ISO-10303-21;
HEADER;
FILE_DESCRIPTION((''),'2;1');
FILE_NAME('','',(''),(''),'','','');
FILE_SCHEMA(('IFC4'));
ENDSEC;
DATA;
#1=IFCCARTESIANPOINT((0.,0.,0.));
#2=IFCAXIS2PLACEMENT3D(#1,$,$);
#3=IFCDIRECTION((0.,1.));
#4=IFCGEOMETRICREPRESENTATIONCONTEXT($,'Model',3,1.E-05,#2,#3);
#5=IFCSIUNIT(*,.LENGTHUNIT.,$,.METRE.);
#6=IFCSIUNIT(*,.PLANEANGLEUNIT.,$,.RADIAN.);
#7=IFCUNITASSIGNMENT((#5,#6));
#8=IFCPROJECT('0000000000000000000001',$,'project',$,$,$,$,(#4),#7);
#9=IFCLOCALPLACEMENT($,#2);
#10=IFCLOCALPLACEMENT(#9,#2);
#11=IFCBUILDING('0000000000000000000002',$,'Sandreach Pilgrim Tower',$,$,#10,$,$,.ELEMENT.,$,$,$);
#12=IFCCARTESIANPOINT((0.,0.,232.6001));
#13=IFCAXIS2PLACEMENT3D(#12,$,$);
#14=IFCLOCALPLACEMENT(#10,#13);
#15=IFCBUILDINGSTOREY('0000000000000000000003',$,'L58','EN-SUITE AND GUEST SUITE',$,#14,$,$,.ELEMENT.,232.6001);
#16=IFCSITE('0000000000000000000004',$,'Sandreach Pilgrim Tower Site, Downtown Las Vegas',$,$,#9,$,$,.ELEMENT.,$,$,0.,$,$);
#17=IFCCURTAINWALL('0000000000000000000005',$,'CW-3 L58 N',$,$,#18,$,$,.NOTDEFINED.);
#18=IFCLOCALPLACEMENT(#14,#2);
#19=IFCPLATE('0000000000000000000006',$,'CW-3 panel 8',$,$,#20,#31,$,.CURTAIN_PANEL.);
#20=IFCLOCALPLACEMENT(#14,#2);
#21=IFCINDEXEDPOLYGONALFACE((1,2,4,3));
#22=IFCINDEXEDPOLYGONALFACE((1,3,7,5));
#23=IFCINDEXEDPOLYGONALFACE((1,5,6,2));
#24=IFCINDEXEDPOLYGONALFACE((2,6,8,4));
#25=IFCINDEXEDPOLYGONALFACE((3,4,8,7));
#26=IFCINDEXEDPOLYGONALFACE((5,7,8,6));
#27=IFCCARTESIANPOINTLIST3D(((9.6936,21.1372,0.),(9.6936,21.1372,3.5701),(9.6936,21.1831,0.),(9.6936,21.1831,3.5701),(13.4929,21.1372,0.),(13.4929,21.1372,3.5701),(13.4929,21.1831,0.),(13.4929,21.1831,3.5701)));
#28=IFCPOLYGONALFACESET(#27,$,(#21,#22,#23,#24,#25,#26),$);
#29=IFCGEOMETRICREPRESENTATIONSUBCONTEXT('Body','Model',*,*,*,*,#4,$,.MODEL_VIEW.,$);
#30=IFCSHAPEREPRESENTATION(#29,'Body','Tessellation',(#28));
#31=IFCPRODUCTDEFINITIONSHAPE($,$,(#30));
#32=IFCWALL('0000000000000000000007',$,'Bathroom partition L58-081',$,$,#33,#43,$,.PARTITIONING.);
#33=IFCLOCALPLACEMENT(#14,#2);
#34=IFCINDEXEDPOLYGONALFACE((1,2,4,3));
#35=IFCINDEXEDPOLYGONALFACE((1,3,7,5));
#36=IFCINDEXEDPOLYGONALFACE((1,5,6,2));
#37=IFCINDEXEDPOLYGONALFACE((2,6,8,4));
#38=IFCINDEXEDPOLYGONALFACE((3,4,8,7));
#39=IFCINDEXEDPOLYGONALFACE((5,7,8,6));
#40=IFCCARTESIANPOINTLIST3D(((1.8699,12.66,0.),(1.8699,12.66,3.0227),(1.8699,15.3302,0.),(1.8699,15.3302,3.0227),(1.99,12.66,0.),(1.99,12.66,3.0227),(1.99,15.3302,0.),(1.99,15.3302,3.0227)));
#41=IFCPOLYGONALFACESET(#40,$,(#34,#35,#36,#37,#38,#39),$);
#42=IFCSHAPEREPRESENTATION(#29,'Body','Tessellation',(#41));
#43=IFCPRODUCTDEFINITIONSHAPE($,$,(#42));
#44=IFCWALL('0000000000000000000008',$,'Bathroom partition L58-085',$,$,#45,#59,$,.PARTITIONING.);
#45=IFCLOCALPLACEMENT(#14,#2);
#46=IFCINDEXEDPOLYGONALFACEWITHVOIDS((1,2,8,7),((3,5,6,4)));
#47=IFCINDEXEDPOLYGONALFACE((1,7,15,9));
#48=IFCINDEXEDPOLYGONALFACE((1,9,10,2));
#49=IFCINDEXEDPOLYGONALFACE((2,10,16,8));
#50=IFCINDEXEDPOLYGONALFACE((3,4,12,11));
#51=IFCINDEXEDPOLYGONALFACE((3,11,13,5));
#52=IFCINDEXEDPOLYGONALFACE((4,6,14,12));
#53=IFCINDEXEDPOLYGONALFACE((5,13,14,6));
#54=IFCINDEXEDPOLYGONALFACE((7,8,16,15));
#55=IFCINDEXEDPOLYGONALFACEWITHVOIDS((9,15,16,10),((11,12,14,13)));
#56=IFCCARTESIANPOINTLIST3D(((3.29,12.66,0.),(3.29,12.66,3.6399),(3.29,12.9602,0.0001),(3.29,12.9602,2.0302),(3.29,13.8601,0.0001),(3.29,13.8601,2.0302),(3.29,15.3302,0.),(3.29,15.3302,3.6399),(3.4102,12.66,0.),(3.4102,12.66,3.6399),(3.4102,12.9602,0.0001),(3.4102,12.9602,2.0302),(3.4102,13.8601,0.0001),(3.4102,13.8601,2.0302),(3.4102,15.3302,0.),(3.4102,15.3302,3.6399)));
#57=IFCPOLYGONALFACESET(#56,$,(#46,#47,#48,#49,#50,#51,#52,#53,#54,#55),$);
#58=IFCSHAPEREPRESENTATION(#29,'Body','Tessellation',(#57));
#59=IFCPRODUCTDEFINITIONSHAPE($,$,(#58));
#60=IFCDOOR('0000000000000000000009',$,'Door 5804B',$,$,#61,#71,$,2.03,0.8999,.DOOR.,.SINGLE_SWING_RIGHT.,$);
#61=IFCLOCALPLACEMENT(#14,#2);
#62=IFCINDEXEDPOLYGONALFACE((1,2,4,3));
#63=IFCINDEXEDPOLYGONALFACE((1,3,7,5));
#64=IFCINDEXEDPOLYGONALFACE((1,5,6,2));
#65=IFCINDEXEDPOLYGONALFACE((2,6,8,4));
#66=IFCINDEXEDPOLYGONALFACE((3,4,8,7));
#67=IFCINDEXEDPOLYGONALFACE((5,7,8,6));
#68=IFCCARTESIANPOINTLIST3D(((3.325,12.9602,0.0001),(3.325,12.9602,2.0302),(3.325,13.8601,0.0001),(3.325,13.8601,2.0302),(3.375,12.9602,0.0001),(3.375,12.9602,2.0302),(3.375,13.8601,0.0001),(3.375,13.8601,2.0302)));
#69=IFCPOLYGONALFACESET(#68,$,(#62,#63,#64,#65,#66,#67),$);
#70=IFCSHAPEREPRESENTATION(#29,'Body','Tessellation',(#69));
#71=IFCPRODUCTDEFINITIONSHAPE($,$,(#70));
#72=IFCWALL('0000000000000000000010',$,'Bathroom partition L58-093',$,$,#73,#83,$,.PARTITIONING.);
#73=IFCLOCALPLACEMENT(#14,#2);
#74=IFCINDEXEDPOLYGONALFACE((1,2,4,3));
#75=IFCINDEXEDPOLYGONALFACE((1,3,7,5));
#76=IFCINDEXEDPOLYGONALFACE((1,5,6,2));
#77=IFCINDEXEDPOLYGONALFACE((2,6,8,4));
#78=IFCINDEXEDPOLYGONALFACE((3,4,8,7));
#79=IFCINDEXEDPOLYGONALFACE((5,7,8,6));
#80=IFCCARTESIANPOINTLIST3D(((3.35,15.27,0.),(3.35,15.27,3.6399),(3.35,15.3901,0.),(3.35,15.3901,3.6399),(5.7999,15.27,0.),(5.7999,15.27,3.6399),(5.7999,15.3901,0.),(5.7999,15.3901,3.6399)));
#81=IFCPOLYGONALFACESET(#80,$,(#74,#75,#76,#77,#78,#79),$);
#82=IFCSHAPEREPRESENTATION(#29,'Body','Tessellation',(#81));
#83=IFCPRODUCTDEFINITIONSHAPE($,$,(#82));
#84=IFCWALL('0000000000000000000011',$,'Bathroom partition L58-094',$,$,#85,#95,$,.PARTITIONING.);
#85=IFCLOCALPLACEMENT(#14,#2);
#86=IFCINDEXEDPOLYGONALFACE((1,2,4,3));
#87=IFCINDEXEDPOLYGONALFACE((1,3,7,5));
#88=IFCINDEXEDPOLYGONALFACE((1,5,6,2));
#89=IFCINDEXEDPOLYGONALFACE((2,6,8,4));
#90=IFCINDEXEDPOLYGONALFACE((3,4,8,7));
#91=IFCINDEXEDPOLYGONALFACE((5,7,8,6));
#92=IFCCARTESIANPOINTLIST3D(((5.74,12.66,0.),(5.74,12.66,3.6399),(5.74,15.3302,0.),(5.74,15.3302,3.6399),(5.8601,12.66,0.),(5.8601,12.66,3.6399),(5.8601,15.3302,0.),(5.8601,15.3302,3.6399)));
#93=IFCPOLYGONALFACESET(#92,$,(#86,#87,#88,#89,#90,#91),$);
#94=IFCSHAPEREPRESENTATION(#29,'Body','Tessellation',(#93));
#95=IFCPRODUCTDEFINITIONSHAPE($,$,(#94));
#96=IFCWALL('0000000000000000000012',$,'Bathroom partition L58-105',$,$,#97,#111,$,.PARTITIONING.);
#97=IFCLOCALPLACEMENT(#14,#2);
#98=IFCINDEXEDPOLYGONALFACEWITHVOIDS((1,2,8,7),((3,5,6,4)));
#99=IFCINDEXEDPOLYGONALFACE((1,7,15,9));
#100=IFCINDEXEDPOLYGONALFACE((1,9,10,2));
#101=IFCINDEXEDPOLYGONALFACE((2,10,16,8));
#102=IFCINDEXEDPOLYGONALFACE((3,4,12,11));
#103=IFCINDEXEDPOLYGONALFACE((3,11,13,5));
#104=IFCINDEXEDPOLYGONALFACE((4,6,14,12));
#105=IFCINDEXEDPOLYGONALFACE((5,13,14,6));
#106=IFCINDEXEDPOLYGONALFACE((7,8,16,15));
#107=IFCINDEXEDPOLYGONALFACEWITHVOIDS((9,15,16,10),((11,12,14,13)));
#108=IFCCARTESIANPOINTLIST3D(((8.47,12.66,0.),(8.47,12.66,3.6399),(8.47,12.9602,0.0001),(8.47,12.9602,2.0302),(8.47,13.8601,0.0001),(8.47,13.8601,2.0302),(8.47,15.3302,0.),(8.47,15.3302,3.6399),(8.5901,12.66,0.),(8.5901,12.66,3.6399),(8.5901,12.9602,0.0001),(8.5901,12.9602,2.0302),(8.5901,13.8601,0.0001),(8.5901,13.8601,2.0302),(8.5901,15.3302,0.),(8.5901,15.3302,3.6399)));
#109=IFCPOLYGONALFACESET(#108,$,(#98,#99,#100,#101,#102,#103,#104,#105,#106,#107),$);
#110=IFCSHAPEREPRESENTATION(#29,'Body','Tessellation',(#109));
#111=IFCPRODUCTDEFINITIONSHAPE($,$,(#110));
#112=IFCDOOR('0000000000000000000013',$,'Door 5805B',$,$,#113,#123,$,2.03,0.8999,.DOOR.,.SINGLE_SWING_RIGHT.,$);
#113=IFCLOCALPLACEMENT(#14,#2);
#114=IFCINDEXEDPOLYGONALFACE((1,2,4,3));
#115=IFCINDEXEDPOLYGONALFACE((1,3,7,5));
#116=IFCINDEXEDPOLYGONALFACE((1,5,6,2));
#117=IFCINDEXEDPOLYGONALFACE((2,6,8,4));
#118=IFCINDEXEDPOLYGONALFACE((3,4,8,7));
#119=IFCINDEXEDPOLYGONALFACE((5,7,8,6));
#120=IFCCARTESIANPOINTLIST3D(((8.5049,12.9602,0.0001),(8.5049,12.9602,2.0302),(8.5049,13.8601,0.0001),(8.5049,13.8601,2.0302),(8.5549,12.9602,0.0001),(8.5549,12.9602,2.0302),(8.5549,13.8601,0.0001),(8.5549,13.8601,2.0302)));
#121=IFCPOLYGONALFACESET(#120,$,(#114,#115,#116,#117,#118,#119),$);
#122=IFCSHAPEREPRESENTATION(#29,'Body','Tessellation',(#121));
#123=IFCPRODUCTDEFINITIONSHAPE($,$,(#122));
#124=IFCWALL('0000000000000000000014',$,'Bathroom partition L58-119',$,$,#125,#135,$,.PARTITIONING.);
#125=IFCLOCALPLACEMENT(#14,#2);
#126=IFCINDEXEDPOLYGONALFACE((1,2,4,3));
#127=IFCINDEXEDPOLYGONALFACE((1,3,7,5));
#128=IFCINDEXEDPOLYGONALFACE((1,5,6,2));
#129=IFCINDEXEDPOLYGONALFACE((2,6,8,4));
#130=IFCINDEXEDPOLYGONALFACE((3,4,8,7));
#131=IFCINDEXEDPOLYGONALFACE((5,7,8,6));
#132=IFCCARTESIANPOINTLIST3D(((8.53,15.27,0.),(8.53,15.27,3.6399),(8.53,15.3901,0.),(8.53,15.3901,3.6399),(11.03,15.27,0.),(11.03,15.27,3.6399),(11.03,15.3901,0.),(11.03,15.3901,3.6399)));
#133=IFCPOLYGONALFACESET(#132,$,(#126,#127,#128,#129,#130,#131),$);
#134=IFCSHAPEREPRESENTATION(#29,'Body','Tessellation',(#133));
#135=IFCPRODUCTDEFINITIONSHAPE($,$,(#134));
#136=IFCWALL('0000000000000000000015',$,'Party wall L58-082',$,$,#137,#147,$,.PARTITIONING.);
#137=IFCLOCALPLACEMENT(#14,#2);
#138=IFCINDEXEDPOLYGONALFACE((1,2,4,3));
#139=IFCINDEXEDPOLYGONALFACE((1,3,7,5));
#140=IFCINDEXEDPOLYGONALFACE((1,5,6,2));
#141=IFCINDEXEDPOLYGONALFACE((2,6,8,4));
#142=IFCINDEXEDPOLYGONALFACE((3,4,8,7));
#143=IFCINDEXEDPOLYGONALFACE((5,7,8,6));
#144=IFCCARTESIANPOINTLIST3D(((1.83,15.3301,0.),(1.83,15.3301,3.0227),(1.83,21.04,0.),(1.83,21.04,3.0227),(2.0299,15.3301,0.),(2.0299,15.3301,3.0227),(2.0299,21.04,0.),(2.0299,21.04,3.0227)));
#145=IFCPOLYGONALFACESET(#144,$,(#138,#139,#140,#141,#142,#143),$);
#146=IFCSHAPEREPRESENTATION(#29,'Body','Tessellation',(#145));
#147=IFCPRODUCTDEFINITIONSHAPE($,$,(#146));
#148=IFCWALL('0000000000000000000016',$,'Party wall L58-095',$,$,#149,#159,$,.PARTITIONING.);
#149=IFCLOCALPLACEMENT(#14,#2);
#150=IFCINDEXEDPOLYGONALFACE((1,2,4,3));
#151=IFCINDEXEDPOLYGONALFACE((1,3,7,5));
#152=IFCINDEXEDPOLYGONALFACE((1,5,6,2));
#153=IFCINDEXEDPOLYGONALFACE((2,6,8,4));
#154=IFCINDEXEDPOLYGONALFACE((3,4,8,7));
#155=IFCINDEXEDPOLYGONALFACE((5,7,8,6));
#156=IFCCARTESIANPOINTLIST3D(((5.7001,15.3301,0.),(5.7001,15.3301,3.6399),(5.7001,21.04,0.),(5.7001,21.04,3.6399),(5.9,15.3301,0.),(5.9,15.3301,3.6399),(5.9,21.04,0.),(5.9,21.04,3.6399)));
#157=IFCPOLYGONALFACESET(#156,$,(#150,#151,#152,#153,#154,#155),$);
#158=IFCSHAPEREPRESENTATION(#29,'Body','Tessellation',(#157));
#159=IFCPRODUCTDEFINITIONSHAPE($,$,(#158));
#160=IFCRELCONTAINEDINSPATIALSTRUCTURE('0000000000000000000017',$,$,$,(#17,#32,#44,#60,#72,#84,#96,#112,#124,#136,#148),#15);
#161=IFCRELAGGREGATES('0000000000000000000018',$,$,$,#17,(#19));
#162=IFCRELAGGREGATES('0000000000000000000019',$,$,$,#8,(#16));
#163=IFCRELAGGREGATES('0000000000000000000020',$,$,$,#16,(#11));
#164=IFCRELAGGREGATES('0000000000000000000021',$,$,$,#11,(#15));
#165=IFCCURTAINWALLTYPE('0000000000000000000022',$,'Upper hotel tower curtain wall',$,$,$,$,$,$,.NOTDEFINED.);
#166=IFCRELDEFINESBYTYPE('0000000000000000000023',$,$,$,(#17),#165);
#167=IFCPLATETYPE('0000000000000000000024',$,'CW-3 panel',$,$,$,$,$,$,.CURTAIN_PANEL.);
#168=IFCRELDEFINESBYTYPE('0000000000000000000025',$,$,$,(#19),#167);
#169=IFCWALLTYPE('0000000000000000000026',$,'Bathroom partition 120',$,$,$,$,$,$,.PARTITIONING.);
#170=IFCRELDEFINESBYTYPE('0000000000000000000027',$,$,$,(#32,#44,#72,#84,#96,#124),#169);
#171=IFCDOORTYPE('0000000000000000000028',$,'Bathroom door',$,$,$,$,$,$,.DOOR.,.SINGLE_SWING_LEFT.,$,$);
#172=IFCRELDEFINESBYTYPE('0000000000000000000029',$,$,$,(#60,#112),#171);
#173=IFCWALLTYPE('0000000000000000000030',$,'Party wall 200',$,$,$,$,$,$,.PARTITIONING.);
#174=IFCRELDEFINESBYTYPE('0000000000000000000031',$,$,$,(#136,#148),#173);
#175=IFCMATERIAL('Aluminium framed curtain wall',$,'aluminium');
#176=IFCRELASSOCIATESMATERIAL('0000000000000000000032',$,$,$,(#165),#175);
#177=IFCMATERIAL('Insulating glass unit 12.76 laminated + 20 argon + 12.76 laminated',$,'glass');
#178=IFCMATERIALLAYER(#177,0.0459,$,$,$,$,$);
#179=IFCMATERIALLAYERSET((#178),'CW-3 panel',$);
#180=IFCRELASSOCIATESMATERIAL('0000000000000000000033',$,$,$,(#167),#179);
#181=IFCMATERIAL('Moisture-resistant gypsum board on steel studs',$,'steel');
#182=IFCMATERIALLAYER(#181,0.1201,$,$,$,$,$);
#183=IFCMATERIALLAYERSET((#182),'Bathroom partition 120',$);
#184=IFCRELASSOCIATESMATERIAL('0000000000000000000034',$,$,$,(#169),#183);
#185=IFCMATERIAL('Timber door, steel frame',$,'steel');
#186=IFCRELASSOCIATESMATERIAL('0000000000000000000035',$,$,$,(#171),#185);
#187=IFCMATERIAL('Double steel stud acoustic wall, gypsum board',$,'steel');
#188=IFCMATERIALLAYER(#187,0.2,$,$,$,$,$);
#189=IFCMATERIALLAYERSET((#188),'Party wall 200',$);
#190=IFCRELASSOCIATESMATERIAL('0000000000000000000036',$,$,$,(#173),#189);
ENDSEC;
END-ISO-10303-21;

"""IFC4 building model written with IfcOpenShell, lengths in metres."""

from ifc_helpers import new_model, si_unit, direction, frame, frame_2d, origin, origin_2d, place, context, subcontext, project, spatial, rectangle, extrude, material, layer, layer_set, type_object, element, fill, aggregate, save


model = new_model("IFC4")

# Units and contexts
model_context = context("Model", 3, precision=1e-05, world=origin(), true_north=direction((0.0, 1.0)))
body_context = subcontext(model_context, "Body", "Model", "MODEL_VIEW")
ifc_project = project(units=[si_unit("LENGTHUNIT", "METRE"), si_unit("PLANEANGLEUNIT", "RADIAN")], contexts=[model_context])

# Site, building, storey
site_placement = place(None, origin())
site = spatial("IfcSite", under=ifc_project, at=site_placement, Name="Sandreach Pilgrim Tower Site, Downtown Las Vegas", CompositionType="ELEMENT", RefElevation=0.0)
building_placement = place(site_placement, origin())
building = spatial("IfcBuilding", under=site, at=building_placement, Name="Sandreach Pilgrim Tower", CompositionType="ELEMENT")
storey_placement = place(building_placement, frame((0.0, 0.0, 232.6001)))
storey = spatial("IfcBuildingStorey", under=building, at=storey_placement, Name="L58", Description="EN-SUITE AND GUEST SUITE", CompositionType="ELEMENT", Elevation=232.6001)

# Curtain wall
ifc_material_1 = material(Name="Aluminium framed curtain wall", Category="aluminium")
curtain_wall_type = type_object("IfcCurtainWallType", Name="Upper hotel tower curtain wall", PredefinedType="NOTDEFINED", material=ifc_material_1)
curtain_wall_placement = place(storey_placement, origin())
curtain_wall = element("IfcCurtainWall", 1, at=curtain_wall_placement, inside=storey, type_object=curtain_wall_type, Name="CW-3 L58 N", PredefinedType="NOTDEFINED")

# Plate
ifc_material_2 = material(Name="Insulating glass unit 12.76 laminated + 20 argon + 12.76 laminated", Category="glass")
ifc_layer_1 = layer(ifc_material_2, 0.0459)
ifc_layer_set_1 = layer_set([ifc_layer_1], Name="CW-3 panel")
plate_type = type_object("IfcPlateType", Name="CW-3 panel", PredefinedType="CURTAIN_PANEL", material=ifc_layer_set_1)
plate_1_placement = place(storey_placement, frame((11.5933, 21.1602, 0.0), z_axis=(0.0, 0.0, 1.0), x_axis=(1.0, 0.0, 0.0)))
plate_1 = element("IfcPlate", 2, at=plate_1_placement, type_object=plate_type, Name="CW-3 panel 8", PredefinedType="CURTAIN_PANEL", context=body_context, shape_type="SweptSolid", body=[
    extrude(rectangle(XDim=3.7993, YDim=0.0459, at=origin_2d()), origin(), (0.0, 0.0, 1.0), 3.5701),
])
aggregate(curtain_wall, [plate_1])

# Wall
ifc_material_3 = material(Name="Moisture-resistant gypsum board on steel studs", Category="steel")
ifc_layer_2 = layer(ifc_material_3, 0.1201)
ifc_layer_set_2 = layer_set([ifc_layer_2], Name="Bathroom partition 120")
wall_type_1 = type_object("IfcWallType", Name="Bathroom partition 120", PredefinedType="PARTITIONING", material=ifc_layer_set_2)
wall_1_placement = place(storey_placement, frame((1.9299, 15.3301, 0.0), z_axis=(0.0, 0.0, 1.0), x_axis=(0.0, -1.0, 0.0)))
element("IfcWall", 3, at=wall_1_placement, inside=storey, type_object=wall_type_1, Name="Bathroom partition L58-081", PredefinedType="PARTITIONING", context=body_context, shape_type="SweptSolid", body=[
    extrude(rectangle(XDim=2.6702, YDim=0.1201, at=frame_2d((1.335, 0.0))), origin(), (0.0, 0.0, 1.0), 3.0227),
])

# Wall, opening, door
wall_2_placement = place(storey_placement, frame((3.3501, 15.3301, 0.0), z_axis=(0.0, 0.0, 1.0), x_axis=(0.0, -1.0, 0.0)))
wall_2 = element("IfcWall", 4, at=wall_2_placement, inside=storey, type_object=wall_type_1, Name="Bathroom partition L58-085", PredefinedType="PARTITIONING", context=body_context, shape_type="SweptSolid", body=[
    extrude(rectangle(XDim=2.6702, YDim=0.1201, at=frame_2d((1.335, 0.0))), origin(), (0.0, 0.0, 1.0), 3.6399),
])
opening_1_placement = place(wall_2_placement, frame((1.47, 0.0, 0.0)))
opening_1 = element("IfcOpeningElement", 5, at=opening_1_placement, cuts=wall_2, PredefinedType="OPENING", context=body_context, shape_type="SweptSolid", body=[
    extrude(rectangle(XDim=0.8999, YDim=2.03, at=frame_2d((0.45, 1.0151))), frame((0.0, 0.0601, 0.0), z_axis=(0.0, -1.0, 0.0), x_axis=(1.0, 0.0, 0.0)), (0.0, 0.0, 1.0), 0.1201),
])
ifc_material_4 = material(Name="Timber door, steel frame", Category="steel")
door_type = type_object("IfcDoorType", Name="Bathroom door", OperationType="SINGLE_SWING_LEFT", PredefinedType="DOOR", material=ifc_material_4)
door_1_placement = place(opening_1_placement, origin())
door_1 = element("IfcDoor", 6, at=door_1_placement, inside=storey, type_object=door_type, Name="Door 5804B", OperationType="SINGLE_SWING_RIGHT", OverallHeight=2.03, OverallWidth=0.8999, PredefinedType="DOOR", context=body_context, shape_type="SweptSolid", body=[
    extrude(rectangle(XDim=0.8999, YDim=2.03, at=frame_2d((0.45, 1.0151))), frame((0.0, 0.0249, 0.0), z_axis=(0.0, -1.0, 0.0), x_axis=(1.0, 0.0, 0.0)), (0.0, 0.0, 1.0), 0.05),
])
fill(opening_1, door_1)

# Walls
wall_3_placement = place(storey_placement, frame((5.8, 15.3301, 0.0), z_axis=(0.0, 0.0, 1.0), x_axis=(-1.0, 0.0, 0.0)))
element("IfcWall", 7, at=wall_3_placement, inside=storey, type_object=wall_type_1, Name="Bathroom partition L58-093", PredefinedType="PARTITIONING", context=body_context, shape_type="SweptSolid", body=[
    extrude(rectangle(XDim=2.45, YDim=0.1201, at=frame_2d((1.2251, 0.0))), origin(), (0.0, 0.0, 1.0), 3.6399),
])
wall_4_placement = place(storey_placement, frame((5.8, 15.3301, 0.0), z_axis=(0.0, 0.0, 1.0), x_axis=(0.0, -1.0, 0.0)))
element("IfcWall", 8, at=wall_4_placement, inside=storey, type_object=wall_type_1, Name="Bathroom partition L58-094", PredefinedType="PARTITIONING", context=body_context, shape_type="SweptSolid", body=[
    extrude(rectangle(XDim=2.6702, YDim=0.1201, at=frame_2d((1.335, 0.0))), origin(), (0.0, 0.0, 1.0), 3.6399),
])

# Wall, opening, door
wall_5_placement = place(storey_placement, frame((8.53, 15.3301, 0.0), z_axis=(0.0, 0.0, 1.0), x_axis=(0.0, -1.0, 0.0)))
wall_5 = element("IfcWall", 9, at=wall_5_placement, inside=storey, type_object=wall_type_1, Name="Bathroom partition L58-105", PredefinedType="PARTITIONING", context=body_context, shape_type="SweptSolid", body=[
    extrude(rectangle(XDim=2.6702, YDim=0.1201, at=frame_2d((1.335, 0.0))), origin(), (0.0, 0.0, 1.0), 3.6399),
])
opening_2_placement = place(wall_5_placement, frame((1.47, 0.0, 0.0)))
opening_2 = element("IfcOpeningElement", 10, at=opening_2_placement, cuts=wall_5, PredefinedType="OPENING", context=body_context, shape_type="SweptSolid", body=[
    extrude(rectangle(XDim=0.8999, YDim=2.03, at=frame_2d((0.45, 1.0151))), frame((0.0, 0.0601, 0.0), z_axis=(0.0, -1.0, 0.0), x_axis=(1.0, 0.0, 0.0)), (0.0, 0.0, 1.0), 0.1201),
])
door_2_placement = place(opening_2_placement, origin())
door_2 = element("IfcDoor", 11, at=door_2_placement, inside=storey, type_object=door_type, Name="Door 5805B", OperationType="SINGLE_SWING_RIGHT", OverallHeight=2.03, OverallWidth=0.8999, PredefinedType="DOOR", context=body_context, shape_type="SweptSolid", body=[
    extrude(rectangle(XDim=0.8999, YDim=2.03, at=frame_2d((0.45, 1.0151))), frame((0.0, 0.0249, 0.0), z_axis=(0.0, -1.0, 0.0), x_axis=(1.0, 0.0, 0.0)), (0.0, 0.0, 1.0), 0.05),
])
fill(opening_2, door_2)

# Walls
wall_6_placement = place(storey_placement, frame((11.03, 15.3301, 0.0), z_axis=(0.0, 0.0, 1.0), x_axis=(-1.0, 0.0, 0.0)))
element("IfcWall", 12, at=wall_6_placement, inside=storey, type_object=wall_type_1, Name="Bathroom partition L58-119", PredefinedType="PARTITIONING", context=body_context, shape_type="SweptSolid", body=[
    extrude(rectangle(XDim=2.5, YDim=0.1201, at=frame_2d((1.25, 0.0))), origin(), (0.0, 0.0, 1.0), 3.6399),
])
ifc_material_5 = material(Name="Double steel stud acoustic wall, gypsum board", Category="steel")
ifc_layer_3 = layer(ifc_material_5, 0.2)
ifc_layer_set_3 = layer_set([ifc_layer_3], Name="Party wall 200")
wall_type_2 = type_object("IfcWallType", Name="Party wall 200", PredefinedType="PARTITIONING", material=ifc_layer_set_3)
wall_7_placement = place(storey_placement, frame((1.9299, 21.04, 0.0), z_axis=(0.0, 0.0, 1.0), x_axis=(0.0, -1.0, 0.0)))
element("IfcWall", 13, at=wall_7_placement, inside=storey, type_object=wall_type_2, Name="Party wall L58-082", PredefinedType="PARTITIONING", context=body_context, shape_type="SweptSolid", body=[
    extrude(rectangle(XDim=5.71, YDim=0.2, at=frame_2d((2.855, 0.0))), origin(), (0.0, 0.0, 1.0), 3.0227),
])
wall_8_placement = place(storey_placement, frame((5.8, 21.04, 0.0), z_axis=(0.0, 0.0, 1.0), x_axis=(0.0, -1.0, 0.0)))
element("IfcWall", 14, at=wall_8_placement, inside=storey, type_object=wall_type_2, Name="Party wall L58-095", PredefinedType="PARTITIONING", context=body_context, shape_type="SweptSolid", body=[
    extrude(rectangle(XDim=5.71, YDim=0.2, at=frame_2d((2.855, 0.0))), origin(), (0.0, 0.0, 1.0), 3.6399),
])

save(model, "model.ifc")
